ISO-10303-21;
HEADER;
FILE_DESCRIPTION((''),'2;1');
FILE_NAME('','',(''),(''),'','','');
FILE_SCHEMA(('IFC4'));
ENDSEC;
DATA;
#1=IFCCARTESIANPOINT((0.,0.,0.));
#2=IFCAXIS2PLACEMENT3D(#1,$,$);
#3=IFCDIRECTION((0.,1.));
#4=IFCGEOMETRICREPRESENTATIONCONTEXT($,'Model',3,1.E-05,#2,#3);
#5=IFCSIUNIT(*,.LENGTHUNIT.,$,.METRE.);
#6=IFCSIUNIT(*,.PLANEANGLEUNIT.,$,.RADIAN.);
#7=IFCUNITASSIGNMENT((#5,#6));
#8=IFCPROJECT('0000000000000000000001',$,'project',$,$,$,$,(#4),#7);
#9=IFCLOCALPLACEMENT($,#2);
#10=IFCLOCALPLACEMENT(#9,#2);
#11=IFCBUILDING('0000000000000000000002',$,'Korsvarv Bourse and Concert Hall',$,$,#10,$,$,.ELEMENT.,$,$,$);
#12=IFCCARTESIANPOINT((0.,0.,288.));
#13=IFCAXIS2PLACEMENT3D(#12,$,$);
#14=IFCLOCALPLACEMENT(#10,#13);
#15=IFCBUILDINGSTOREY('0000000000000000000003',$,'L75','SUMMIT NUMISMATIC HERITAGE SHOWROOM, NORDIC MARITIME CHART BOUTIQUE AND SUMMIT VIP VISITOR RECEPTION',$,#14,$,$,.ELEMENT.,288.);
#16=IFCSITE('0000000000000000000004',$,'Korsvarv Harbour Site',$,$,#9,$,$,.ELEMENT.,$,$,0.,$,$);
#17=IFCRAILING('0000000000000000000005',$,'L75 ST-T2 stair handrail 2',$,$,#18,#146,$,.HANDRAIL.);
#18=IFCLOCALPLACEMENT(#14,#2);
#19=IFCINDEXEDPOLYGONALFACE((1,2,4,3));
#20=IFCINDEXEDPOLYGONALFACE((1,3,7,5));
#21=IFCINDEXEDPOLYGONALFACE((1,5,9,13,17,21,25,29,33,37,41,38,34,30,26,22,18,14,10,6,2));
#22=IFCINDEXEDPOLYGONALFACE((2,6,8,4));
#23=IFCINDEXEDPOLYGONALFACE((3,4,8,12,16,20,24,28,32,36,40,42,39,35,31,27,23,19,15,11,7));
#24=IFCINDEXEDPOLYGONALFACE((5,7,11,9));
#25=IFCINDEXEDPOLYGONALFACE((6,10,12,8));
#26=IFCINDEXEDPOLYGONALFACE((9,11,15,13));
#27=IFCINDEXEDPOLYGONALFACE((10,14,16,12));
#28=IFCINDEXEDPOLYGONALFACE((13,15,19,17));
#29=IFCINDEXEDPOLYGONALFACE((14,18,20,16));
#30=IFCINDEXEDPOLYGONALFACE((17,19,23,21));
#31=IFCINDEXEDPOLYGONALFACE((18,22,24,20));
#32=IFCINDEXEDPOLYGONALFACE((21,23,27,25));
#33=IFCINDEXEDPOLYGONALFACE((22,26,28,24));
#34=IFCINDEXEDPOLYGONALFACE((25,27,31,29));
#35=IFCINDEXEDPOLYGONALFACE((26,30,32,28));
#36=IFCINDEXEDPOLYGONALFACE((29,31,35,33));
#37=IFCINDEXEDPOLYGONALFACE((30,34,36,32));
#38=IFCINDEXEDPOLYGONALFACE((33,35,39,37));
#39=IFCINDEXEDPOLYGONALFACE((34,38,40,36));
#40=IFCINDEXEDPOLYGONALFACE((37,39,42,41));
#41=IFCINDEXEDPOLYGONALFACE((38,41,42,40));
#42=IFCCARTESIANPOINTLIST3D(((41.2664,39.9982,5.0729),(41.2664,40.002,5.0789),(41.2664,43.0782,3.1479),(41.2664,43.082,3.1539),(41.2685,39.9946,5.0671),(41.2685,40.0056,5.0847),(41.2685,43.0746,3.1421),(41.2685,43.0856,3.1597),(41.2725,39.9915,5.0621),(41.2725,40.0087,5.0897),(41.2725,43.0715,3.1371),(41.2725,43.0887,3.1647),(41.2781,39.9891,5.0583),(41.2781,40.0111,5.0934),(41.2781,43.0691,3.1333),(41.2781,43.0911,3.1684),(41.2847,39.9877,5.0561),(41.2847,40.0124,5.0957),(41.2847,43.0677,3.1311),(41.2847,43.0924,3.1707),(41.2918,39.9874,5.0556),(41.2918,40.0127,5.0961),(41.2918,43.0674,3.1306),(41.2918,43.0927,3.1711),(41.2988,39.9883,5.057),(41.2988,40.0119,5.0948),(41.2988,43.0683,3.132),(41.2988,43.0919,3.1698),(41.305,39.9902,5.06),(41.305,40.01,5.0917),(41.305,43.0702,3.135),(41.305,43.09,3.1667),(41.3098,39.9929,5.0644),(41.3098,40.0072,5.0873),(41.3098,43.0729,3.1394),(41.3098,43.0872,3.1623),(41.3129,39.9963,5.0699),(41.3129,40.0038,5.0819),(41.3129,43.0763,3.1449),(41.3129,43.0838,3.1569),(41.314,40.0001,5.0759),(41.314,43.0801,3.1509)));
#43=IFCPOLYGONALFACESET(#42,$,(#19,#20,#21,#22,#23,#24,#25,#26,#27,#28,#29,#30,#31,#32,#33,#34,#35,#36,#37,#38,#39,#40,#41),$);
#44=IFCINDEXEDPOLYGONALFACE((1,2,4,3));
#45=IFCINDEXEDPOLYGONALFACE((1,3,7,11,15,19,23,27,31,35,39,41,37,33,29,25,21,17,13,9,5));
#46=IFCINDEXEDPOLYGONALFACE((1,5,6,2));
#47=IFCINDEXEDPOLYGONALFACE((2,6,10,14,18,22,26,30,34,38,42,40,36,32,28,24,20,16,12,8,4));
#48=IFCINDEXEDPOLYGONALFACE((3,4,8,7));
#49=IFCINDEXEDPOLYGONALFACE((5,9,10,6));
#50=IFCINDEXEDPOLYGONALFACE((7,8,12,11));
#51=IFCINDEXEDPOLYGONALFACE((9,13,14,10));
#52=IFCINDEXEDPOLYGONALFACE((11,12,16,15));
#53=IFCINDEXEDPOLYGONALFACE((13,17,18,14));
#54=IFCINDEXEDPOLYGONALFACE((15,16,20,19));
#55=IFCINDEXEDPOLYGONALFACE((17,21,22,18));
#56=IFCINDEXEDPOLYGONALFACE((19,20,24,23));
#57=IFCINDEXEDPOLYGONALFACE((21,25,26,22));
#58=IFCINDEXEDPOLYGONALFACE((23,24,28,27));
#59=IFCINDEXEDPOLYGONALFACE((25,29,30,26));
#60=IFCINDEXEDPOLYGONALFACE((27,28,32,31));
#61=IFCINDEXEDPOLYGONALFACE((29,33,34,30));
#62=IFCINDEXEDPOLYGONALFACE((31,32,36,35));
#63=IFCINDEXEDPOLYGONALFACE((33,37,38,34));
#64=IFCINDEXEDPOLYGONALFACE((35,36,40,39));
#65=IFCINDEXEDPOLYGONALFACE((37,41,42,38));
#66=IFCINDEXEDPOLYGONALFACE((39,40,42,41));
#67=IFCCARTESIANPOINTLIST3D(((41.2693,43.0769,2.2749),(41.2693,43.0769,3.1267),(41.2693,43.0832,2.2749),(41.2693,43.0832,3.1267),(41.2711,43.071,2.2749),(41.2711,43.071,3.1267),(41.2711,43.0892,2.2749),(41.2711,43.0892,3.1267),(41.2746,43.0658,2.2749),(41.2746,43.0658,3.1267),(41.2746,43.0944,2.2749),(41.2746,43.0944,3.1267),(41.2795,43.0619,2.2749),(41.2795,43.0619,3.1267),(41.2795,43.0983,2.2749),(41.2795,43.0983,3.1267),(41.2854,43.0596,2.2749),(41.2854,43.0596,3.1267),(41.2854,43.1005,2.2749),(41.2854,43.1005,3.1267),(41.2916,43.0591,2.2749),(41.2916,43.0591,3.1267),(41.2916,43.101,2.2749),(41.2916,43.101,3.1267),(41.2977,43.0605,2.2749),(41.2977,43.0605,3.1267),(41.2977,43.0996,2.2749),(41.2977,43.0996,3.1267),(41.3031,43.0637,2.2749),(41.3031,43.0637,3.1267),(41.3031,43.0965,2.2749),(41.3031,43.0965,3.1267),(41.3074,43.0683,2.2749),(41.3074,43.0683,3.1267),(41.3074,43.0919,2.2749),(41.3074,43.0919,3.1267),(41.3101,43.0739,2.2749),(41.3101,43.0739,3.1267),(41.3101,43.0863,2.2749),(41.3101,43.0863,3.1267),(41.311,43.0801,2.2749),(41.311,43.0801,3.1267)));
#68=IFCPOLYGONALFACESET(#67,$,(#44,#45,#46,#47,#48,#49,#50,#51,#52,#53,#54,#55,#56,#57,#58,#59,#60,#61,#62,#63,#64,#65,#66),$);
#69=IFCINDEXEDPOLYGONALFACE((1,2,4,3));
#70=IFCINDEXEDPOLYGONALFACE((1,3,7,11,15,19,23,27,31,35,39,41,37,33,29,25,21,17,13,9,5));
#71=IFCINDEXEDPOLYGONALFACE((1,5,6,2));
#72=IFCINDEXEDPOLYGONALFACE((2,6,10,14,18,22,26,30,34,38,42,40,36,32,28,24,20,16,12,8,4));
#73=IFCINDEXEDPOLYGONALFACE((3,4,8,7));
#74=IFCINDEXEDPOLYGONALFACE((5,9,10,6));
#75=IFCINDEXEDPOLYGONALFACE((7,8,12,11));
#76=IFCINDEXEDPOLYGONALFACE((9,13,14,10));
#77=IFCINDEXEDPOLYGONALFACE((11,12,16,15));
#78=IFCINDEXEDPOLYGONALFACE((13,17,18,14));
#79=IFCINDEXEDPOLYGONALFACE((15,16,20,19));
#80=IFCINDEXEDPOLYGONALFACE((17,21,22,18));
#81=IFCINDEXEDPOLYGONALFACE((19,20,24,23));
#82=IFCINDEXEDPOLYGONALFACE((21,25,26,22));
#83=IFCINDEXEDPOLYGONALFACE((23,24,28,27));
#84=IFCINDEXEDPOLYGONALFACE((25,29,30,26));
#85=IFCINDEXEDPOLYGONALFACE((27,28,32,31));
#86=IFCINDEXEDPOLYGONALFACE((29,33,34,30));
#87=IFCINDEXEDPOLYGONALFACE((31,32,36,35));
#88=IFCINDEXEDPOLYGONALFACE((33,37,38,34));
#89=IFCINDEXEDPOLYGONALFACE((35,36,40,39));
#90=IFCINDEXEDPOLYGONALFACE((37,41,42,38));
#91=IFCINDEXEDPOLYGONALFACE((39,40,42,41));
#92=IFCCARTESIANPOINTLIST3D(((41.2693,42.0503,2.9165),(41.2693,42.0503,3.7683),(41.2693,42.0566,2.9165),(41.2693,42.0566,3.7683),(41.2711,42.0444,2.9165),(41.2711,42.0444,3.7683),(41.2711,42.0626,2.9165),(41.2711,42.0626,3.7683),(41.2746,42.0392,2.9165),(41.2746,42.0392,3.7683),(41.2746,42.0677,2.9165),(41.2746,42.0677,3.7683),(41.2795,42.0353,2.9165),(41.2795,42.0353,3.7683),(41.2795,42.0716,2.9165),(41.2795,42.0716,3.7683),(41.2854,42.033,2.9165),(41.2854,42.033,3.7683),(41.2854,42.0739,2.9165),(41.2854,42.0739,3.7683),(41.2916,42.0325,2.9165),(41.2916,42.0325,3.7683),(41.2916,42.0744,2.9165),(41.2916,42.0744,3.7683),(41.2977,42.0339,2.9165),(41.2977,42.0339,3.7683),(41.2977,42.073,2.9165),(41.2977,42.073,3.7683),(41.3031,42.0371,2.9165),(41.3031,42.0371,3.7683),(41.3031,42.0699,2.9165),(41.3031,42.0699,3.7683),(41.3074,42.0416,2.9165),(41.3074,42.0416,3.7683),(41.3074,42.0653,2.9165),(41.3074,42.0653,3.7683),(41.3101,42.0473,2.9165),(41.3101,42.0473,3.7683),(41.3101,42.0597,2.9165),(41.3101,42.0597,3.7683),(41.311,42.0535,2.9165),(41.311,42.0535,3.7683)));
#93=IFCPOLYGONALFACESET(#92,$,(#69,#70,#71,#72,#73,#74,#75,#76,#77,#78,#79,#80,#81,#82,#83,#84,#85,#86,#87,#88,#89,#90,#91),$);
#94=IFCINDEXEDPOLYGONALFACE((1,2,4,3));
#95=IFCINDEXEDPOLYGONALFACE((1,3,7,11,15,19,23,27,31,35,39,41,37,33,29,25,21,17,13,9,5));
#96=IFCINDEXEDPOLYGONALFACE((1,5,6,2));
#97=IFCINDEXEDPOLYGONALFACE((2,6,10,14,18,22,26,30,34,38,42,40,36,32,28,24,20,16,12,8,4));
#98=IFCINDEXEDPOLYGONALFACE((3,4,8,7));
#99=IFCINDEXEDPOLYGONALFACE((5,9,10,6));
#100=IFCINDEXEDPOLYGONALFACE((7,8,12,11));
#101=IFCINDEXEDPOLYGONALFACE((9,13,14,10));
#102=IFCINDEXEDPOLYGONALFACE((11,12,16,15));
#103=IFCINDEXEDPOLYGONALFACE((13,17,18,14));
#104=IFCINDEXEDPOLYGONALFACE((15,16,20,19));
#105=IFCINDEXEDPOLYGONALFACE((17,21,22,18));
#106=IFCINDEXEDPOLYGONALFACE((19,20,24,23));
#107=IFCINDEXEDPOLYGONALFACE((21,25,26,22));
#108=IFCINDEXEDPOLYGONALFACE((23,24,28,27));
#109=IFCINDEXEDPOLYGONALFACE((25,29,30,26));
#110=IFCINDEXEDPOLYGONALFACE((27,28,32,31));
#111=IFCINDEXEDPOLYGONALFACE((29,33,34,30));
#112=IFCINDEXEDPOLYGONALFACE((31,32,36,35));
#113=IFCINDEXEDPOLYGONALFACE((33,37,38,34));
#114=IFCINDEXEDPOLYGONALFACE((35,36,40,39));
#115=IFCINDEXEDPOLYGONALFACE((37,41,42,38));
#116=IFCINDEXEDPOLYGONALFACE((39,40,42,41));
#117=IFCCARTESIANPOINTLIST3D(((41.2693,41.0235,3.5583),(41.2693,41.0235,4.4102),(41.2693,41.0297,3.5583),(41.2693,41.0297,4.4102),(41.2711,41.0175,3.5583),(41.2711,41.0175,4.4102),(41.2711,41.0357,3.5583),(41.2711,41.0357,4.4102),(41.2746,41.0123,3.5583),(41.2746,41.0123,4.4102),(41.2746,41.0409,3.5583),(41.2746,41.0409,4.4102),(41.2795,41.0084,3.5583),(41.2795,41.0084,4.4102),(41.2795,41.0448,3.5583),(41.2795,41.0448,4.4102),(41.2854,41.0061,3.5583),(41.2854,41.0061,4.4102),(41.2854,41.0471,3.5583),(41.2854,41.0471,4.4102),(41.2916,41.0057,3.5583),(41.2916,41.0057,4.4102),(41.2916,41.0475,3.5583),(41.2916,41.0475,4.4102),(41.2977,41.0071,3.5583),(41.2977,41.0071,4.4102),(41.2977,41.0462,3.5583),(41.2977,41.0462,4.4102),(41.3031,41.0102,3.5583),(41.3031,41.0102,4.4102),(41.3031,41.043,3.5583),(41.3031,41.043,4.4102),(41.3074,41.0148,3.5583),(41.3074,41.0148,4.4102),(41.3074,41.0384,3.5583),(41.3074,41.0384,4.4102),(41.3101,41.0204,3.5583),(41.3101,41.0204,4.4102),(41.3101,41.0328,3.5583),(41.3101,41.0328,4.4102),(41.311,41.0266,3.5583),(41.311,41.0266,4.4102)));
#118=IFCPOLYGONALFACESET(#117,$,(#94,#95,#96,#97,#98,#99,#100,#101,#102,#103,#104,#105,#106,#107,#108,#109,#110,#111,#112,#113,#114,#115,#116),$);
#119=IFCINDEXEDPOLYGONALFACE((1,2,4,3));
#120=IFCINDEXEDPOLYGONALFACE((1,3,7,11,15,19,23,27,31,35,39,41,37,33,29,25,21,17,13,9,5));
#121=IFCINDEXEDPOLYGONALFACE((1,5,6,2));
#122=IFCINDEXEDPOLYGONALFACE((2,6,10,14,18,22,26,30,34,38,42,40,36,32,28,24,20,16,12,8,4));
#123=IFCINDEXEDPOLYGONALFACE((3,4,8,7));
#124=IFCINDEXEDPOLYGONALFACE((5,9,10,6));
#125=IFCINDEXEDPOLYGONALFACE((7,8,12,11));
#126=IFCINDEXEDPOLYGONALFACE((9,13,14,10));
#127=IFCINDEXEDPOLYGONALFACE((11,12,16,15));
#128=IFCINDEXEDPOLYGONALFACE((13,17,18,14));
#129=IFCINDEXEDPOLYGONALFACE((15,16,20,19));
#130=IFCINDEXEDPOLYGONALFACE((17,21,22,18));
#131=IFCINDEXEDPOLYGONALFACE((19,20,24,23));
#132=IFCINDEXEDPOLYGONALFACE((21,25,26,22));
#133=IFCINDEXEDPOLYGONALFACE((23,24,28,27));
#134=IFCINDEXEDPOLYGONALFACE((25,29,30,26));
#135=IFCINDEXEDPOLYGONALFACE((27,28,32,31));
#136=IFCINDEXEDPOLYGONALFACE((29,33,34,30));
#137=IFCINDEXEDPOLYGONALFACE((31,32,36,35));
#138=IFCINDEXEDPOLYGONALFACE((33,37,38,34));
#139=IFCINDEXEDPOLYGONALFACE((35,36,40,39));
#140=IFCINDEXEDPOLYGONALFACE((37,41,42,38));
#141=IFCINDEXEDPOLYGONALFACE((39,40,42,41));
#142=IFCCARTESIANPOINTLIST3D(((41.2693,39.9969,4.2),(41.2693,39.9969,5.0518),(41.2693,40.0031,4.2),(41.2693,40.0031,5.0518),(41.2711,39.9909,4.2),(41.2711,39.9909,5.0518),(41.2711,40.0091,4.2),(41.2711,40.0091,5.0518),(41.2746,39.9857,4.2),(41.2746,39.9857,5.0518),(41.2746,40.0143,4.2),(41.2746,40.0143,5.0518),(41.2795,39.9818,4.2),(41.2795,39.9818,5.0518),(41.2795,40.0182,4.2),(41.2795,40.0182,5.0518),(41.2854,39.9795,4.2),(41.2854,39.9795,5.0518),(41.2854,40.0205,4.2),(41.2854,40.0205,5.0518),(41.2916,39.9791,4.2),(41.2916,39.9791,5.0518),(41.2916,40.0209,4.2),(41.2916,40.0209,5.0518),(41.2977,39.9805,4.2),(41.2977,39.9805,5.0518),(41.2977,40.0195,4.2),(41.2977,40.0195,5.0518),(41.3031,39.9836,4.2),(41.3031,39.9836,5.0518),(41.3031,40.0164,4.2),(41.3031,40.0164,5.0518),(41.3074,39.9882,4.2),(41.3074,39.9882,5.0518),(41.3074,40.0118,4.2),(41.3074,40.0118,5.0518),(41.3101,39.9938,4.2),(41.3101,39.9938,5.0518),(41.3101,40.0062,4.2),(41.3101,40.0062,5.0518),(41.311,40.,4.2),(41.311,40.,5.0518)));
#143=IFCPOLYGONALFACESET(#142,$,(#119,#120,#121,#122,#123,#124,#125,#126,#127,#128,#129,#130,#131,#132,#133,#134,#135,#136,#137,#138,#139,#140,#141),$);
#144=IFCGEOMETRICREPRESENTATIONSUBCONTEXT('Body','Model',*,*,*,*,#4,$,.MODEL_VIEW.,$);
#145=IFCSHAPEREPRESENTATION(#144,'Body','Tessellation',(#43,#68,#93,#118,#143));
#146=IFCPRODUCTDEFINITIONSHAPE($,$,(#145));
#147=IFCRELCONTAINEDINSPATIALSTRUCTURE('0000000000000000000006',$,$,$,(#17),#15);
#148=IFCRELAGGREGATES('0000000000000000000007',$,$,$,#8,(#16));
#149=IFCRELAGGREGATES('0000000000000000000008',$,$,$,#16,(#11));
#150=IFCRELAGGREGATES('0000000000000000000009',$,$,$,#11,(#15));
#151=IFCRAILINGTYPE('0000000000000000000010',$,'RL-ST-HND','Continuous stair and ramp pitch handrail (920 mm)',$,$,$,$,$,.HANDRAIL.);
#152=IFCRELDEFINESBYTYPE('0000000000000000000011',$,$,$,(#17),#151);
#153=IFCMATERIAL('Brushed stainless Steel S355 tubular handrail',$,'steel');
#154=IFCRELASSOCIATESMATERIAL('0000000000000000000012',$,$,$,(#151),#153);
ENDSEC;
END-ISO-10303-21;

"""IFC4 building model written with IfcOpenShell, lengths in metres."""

from ifc_helpers import new_model, si_unit, direction, frame, origin, origin_2d, place, context, subcontext, project, spatial, circle, extrude, material, type_object, element, save


model = new_model("IFC4")

# Units and contexts
model_context = context("Model", 3, precision=1e-05, world=origin(), true_north=direction((0.0, 1.0)))
body_context = subcontext(model_context, "Body", "Model", "MODEL_VIEW")
ifc_project = project(units=[si_unit("LENGTHUNIT", "METRE"), si_unit("PLANEANGLEUNIT", "RADIAN")], contexts=[model_context])

# Site, building, storey
site_placement = place(None, origin())
site = spatial("IfcSite", under=ifc_project, at=site_placement, Name="Korsvarv Harbour Site", CompositionType="ELEMENT", RefElevation=0.0)
building_placement = place(site_placement, origin())
building = spatial("IfcBuilding", under=site, at=building_placement, Name="Korsvarv Bourse and Concert Hall", CompositionType="ELEMENT")
storey_placement = place(building_placement, frame((0.0, 0.0, 288.0)))
storey = spatial("IfcBuildingStorey", under=building, at=storey_placement, Name="L75", Description="SUMMIT NUMISMATIC HERITAGE SHOWROOM, NORDIC MARITIME CHART BOUTIQUE AND SUMMIT VIP VISITOR RECEPTION", CompositionType="ELEMENT", Elevation=288.0)

# Railing
ifc_material_1 = material(Name="Brushed stainless Steel S355 tubular handrail", Category="steel")
railing_type_1 = type_object("IfcRailingType", Name="RL-ST-HND", Description="Continuous stair and ramp pitch handrail (920 mm)", PredefinedType="HANDRAIL", material=ifc_material_1)
railing_1_placement = place(storey_placement, frame((41.29, 43.0801, 2.2749)))
element("IfcRailing", 1, at=railing_1_placement, inside=storey, type_object=railing_type_1, Name="L75 ST-T2 stair handrail 2", PredefinedType="HANDRAIL", context=body_context, shape_type="SweptSolid", body=[
    extrude(circle(Radius=0.0239, at=origin_2d()), frame((0.0, 0.0, 0.876), z_axis=(0.0, -0.847998, 0.529999), x_axis=(1.0, 0.0, 0.0)), (0.0, 0.0, 1.0), 3.6321),
    extrude(circle(Radius=0.021, at=origin_2d()), origin(), (0.0, 0.0, 1.0), 0.8518),
    extrude(circle(Radius=0.021, at=origin_2d()), frame((0.0, -1.0266, 0.6416)), (0.0, 0.0, 1.0), 0.8518),
    extrude(circle(Radius=0.021, at=origin_2d()), frame((0.0, -2.0535, 1.2834)), (0.0, 0.0, 1.0), 0.8518),
    extrude(circle(Radius=0.021, at=origin_2d()), frame((0.0, -3.0801, 1.925)), (0.0, 0.0, 1.0), 0.8518),
])

save(model, "model.ifc")
